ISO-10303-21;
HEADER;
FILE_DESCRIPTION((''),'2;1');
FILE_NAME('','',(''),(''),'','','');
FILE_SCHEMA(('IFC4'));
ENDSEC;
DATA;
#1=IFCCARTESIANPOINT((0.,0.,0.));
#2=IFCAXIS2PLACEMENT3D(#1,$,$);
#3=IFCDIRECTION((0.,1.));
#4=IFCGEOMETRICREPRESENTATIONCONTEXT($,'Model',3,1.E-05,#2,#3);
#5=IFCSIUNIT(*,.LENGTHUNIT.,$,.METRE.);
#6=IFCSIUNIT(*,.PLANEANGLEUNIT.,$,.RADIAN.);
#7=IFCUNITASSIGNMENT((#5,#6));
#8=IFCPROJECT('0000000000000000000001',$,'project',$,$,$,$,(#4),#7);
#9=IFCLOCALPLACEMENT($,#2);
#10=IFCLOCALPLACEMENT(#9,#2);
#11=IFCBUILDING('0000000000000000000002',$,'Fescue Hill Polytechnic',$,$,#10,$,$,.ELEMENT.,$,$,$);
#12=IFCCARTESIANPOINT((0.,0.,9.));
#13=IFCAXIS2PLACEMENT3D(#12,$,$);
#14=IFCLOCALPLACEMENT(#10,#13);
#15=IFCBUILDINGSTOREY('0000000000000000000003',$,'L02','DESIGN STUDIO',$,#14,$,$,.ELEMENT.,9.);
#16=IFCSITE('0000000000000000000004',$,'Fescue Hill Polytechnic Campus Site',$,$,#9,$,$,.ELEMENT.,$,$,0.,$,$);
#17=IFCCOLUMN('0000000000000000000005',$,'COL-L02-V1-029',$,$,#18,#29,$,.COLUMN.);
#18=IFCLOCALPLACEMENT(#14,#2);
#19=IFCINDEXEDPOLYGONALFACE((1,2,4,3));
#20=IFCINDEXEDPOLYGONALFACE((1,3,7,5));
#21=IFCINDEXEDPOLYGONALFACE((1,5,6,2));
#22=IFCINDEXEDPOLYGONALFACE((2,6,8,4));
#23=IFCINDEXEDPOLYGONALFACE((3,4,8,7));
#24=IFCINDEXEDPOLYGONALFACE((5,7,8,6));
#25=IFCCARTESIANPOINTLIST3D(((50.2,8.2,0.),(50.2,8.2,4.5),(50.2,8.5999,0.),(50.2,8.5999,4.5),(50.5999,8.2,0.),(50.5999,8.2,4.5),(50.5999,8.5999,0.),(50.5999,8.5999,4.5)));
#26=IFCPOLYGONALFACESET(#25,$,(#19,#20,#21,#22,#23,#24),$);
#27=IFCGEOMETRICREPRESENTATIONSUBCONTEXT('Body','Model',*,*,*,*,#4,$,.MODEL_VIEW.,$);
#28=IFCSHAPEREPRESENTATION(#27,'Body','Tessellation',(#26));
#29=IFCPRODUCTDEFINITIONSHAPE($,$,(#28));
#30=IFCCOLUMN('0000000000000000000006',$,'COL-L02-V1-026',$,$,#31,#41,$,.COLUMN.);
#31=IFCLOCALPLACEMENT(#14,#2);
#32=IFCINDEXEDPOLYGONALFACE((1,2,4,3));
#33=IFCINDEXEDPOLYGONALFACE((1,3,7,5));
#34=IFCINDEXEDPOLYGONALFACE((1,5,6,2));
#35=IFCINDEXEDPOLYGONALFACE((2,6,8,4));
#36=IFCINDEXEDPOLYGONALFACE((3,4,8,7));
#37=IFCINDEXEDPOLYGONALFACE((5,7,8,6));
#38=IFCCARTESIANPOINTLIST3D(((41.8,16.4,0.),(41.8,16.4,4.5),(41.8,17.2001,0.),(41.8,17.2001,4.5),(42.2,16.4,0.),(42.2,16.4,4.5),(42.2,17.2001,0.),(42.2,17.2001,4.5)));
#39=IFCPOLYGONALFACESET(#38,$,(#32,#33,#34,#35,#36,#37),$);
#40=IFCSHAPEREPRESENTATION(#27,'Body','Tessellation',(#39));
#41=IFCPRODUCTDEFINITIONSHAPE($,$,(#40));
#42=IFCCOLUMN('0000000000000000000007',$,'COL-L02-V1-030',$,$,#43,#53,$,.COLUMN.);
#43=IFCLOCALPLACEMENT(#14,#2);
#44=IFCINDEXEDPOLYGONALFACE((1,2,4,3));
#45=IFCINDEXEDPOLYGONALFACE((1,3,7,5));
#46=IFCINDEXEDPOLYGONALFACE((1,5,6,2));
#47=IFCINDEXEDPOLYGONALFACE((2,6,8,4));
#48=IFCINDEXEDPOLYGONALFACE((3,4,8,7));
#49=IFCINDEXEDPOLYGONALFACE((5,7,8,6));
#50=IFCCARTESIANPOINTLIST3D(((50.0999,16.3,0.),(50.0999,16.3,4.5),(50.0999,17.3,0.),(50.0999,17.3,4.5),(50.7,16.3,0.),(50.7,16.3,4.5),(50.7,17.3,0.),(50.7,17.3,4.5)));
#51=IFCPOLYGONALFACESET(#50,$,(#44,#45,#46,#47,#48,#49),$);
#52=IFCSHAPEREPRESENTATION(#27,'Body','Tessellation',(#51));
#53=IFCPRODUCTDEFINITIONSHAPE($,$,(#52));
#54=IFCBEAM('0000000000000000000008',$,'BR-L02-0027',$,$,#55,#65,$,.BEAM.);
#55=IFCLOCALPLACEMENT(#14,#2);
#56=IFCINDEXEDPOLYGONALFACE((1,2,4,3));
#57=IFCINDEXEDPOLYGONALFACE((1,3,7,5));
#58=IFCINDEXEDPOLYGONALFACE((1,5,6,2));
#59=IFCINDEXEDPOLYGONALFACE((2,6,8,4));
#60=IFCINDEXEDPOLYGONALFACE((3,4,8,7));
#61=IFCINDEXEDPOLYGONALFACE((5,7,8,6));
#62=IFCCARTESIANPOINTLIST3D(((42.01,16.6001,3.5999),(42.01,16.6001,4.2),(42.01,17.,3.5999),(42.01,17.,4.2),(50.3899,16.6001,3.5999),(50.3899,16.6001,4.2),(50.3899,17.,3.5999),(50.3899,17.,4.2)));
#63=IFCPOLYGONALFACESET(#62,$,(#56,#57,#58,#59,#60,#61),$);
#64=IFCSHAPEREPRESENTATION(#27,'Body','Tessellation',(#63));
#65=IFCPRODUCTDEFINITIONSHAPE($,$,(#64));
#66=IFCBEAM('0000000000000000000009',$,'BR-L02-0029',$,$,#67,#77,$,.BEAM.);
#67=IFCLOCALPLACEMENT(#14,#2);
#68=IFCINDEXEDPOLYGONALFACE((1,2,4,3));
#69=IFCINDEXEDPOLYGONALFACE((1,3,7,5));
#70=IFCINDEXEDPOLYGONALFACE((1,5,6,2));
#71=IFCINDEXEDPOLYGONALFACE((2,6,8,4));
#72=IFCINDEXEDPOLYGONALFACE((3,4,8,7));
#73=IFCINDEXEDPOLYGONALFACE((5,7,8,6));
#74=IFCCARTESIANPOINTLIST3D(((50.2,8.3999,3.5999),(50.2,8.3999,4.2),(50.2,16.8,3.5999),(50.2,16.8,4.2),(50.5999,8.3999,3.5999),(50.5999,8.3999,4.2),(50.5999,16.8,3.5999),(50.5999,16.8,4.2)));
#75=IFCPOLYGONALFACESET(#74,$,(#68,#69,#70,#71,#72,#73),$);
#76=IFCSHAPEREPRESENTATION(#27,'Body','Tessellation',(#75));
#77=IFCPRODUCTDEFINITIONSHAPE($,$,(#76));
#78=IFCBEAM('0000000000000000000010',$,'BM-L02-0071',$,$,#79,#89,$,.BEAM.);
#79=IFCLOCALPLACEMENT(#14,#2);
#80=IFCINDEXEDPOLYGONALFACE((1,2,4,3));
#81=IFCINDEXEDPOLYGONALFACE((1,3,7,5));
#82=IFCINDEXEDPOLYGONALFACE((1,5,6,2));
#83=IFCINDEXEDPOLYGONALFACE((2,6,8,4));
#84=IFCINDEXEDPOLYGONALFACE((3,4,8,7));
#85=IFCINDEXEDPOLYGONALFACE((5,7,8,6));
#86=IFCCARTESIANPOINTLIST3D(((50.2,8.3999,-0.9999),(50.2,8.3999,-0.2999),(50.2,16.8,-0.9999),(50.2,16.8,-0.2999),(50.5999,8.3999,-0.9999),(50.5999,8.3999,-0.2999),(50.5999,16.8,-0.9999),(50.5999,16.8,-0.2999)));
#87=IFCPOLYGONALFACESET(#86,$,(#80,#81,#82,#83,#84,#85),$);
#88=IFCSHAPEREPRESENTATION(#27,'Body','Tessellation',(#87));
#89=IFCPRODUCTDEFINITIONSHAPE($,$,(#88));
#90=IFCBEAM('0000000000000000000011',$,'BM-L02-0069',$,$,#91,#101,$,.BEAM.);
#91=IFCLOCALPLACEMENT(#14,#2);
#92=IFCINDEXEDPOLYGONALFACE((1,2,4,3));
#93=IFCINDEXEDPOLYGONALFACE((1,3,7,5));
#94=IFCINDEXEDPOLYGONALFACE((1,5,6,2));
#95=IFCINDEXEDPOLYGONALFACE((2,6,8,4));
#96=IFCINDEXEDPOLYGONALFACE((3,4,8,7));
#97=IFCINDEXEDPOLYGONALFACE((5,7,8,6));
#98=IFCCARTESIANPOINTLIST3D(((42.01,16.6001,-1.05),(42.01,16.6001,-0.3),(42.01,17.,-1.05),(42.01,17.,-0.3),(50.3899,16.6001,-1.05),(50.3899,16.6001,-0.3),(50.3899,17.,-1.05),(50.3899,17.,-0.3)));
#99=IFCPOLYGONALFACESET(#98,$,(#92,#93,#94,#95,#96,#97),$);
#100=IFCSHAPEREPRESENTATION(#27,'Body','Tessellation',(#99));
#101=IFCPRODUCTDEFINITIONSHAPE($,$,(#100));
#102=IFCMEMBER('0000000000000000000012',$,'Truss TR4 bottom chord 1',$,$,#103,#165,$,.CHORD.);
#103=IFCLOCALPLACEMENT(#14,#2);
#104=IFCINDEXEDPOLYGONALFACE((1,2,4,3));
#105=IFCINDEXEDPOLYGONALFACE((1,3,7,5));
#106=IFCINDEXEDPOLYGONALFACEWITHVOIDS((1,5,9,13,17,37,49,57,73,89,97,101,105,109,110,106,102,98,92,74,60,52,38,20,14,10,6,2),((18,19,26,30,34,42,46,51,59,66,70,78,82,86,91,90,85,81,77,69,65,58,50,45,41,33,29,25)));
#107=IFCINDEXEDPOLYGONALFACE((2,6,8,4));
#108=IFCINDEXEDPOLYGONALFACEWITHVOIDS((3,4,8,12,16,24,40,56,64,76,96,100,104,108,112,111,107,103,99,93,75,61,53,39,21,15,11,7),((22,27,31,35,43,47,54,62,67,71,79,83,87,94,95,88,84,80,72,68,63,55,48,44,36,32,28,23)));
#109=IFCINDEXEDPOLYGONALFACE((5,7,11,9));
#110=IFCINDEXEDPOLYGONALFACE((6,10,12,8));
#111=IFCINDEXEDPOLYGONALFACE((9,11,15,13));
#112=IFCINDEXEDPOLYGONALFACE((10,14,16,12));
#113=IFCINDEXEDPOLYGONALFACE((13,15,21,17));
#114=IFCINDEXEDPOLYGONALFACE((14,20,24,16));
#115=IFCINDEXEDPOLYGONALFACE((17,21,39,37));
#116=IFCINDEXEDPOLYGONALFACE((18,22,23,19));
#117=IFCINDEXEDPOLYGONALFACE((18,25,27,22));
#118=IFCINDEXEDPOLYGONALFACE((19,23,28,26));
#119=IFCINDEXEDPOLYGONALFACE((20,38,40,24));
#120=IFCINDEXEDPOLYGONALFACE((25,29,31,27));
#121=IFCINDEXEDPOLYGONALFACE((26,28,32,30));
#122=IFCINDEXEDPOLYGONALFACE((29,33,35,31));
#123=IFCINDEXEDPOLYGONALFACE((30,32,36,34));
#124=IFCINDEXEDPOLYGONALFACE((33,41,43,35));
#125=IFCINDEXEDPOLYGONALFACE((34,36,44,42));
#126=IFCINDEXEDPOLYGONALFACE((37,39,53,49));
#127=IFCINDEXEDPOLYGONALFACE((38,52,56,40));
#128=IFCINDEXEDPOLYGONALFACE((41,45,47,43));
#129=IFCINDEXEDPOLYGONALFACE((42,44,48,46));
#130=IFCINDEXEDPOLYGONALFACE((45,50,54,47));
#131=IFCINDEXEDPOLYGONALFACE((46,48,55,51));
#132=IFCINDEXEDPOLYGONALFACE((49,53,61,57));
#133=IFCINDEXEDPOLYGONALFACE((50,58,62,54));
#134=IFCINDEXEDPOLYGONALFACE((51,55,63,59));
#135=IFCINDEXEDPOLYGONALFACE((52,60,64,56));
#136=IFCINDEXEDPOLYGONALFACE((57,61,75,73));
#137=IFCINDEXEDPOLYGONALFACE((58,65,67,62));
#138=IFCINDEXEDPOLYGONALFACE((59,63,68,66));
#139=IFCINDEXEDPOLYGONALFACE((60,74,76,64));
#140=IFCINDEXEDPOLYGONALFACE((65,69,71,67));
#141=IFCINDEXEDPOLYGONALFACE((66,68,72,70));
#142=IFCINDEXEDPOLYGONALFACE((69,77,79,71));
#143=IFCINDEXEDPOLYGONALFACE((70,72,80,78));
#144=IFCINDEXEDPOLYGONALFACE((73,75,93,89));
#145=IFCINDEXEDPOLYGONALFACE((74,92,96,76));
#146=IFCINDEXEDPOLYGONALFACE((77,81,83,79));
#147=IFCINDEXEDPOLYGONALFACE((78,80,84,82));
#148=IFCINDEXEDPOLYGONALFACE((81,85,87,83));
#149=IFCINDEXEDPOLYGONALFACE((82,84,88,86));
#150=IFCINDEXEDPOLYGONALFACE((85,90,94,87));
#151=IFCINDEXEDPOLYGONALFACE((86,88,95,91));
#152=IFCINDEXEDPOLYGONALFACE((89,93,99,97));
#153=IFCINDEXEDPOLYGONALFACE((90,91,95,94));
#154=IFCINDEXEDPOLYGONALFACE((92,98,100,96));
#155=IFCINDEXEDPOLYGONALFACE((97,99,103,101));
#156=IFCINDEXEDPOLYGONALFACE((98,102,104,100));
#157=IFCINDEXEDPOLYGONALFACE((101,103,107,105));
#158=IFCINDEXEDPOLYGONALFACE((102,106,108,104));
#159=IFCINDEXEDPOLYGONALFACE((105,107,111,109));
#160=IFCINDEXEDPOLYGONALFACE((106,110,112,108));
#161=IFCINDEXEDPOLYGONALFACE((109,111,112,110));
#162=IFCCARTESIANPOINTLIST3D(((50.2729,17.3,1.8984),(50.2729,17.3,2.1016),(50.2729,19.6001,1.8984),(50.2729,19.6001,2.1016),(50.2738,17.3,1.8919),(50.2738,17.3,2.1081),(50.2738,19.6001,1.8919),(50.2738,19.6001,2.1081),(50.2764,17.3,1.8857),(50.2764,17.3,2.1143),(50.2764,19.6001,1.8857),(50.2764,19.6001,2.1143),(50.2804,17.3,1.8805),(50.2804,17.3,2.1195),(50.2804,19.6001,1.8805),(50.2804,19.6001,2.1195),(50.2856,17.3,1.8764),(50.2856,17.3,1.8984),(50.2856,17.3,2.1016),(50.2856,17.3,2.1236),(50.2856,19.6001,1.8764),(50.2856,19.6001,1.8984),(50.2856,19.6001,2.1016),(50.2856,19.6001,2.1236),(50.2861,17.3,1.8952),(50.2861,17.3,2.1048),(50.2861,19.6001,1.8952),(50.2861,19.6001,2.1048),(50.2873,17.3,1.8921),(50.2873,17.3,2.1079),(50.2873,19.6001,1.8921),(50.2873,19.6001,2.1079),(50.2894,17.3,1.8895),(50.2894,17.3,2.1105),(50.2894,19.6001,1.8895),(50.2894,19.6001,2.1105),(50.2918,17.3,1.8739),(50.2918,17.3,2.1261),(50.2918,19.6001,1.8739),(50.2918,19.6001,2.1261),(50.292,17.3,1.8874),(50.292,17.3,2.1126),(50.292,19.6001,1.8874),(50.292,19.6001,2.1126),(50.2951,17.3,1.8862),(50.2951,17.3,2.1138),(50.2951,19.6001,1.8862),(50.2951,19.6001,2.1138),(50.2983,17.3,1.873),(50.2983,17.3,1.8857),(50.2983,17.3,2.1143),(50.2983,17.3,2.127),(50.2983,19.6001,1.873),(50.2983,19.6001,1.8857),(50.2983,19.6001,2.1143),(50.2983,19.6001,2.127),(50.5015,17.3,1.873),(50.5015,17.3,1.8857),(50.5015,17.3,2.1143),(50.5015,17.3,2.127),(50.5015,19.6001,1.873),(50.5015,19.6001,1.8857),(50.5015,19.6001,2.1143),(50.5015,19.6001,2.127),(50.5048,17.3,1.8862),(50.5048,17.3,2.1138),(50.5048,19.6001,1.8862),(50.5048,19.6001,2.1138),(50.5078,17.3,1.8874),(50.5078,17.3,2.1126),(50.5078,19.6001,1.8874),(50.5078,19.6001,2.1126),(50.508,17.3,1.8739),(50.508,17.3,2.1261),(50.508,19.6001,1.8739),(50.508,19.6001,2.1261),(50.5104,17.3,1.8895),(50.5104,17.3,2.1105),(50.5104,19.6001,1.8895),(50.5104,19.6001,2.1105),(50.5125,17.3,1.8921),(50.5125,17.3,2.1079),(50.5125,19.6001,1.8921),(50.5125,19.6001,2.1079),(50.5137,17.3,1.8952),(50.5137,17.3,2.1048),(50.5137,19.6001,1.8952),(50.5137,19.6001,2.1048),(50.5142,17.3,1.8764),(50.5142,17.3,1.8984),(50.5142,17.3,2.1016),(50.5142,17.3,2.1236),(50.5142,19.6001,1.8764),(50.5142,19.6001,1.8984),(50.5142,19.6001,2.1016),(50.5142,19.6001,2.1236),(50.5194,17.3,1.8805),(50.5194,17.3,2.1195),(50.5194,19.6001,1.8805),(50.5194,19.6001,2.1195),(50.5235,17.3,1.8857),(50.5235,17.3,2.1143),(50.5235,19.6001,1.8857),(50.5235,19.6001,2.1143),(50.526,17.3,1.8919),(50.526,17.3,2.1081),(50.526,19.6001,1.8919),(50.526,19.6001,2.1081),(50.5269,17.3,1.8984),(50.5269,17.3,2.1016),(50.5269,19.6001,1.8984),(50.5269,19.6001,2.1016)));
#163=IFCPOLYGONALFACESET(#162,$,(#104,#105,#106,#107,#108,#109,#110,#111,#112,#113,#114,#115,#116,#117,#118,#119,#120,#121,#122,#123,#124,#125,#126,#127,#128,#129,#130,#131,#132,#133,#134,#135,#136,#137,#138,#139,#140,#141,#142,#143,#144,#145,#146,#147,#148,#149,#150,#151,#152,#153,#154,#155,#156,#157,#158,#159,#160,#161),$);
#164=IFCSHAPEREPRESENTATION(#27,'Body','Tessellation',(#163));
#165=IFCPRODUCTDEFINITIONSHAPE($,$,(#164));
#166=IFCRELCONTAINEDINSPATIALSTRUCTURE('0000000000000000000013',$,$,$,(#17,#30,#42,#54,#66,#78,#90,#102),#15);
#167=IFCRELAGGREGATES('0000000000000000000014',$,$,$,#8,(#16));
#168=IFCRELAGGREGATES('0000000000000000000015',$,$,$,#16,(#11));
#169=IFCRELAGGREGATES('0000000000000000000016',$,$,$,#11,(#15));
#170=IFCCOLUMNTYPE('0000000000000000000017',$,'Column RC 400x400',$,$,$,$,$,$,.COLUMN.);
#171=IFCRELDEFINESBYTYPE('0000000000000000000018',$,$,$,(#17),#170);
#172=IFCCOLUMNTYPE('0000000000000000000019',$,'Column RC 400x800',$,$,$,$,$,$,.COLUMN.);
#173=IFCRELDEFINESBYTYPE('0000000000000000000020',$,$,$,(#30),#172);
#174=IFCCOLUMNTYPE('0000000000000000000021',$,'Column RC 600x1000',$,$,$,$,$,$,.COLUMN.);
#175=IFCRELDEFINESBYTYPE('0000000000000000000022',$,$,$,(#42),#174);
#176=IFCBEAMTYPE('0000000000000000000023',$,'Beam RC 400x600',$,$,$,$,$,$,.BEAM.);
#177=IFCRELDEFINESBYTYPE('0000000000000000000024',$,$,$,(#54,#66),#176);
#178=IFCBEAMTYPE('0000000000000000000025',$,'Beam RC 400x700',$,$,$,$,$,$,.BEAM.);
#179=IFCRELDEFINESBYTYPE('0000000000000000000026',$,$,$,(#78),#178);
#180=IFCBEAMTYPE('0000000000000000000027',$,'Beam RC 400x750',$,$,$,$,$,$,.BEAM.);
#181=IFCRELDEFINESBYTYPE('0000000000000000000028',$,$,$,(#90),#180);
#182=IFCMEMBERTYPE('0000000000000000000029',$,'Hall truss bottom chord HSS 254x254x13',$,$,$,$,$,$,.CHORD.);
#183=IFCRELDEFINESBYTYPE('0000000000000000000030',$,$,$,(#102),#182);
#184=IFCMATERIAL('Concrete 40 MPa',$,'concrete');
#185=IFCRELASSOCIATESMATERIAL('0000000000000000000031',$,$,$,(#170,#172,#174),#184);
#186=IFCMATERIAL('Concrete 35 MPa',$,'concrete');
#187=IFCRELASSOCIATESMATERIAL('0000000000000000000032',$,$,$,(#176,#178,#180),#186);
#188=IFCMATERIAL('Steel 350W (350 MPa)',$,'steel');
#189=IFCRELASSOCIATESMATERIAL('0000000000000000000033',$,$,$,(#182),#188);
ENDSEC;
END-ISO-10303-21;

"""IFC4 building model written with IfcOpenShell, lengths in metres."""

from ifc_helpers import new_model, si_unit, direction, frame, origin, origin_2d, place, context, subcontext, project, spatial, rectangle, hollow_rectangle, extrude, material, material_profile, profile_set, type_object, element, save


model = new_model("IFC4")

# Units and contexts
model_context = context("Model", 3, precision=1e-05, world=origin(), true_north=direction((0.0, 1.0)))
body_context = subcontext(model_context, "Body", "Model", "MODEL_VIEW")
ifc_project = project(units=[si_unit("LENGTHUNIT", "METRE"), si_unit("PLANEANGLEUNIT", "RADIAN")], contexts=[model_context])

# Site, building, storey
site_placement = place(None, origin())
site = spatial("IfcSite", under=ifc_project, at=site_placement, Name="Fescue Hill Polytechnic Campus Site", CompositionType="ELEMENT", RefElevation=0.0)
building_placement = place(site_placement, origin())
building = spatial("IfcBuilding", under=site, at=building_placement, Name="Fescue Hill Polytechnic", CompositionType="ELEMENT")
storey_placement = place(building_placement, frame((0.0, 0.0, 9.0)))
storey = spatial("IfcBuildingStorey", under=building, at=storey_placement, Name="L02", Description="DESIGN STUDIO", CompositionType="ELEMENT", Elevation=9.0)

# Columns
ifc_material_1 = material(Name="Concrete 40 MPa", Category="concrete")
ifc_material_profile_1 = material_profile(ifc_material_1, rectangle(XDim=0.3999, YDim=0.3999, at=origin_2d()), Name="RC 400x400")
ifc_profile_set_1 = profile_set([ifc_material_profile_1], Name="Concrete 40 MPa")
column_type_1 = type_object("IfcColumnType", Name="Column RC 400x400", PredefinedType="COLUMN", material=ifc_profile_set_1)
column_1_placement = place(storey_placement, frame((50.3999, 8.3999, 0.0), z_axis=(0.0, 0.0, 1.0), x_axis=(1.0, 0.0, 0.0)))
element("IfcColumn", 1, at=column_1_placement, inside=storey, type_object=column_type_1, Name="COL-L02-V1-029", PredefinedType="COLUMN", context=body_context, shape_type="SweptSolid", body=[
    extrude(rectangle(XDim=0.3999, YDim=0.3999, at=origin_2d()), origin(), (0.0, 0.0, 1.0), 4.5),
])
ifc_material_profile_2 = material_profile(ifc_material_1, rectangle(XDim=0.3999, YDim=0.8, at=origin_2d()), Name="RC 400x800")
ifc_profile_set_2 = profile_set([ifc_material_profile_2], Name="Concrete 40 MPa")
column_type_2 = type_object("IfcColumnType", Name="Column RC 400x800", PredefinedType="COLUMN", material=ifc_profile_set_2)
column_2_placement = place(storey_placement, frame((42.0, 16.8, 0.0), z_axis=(0.0, 0.0, 1.0), x_axis=(1.0, 0.0, 0.0)))
element("IfcColumn", 2, at=column_2_placement, inside=storey, type_object=column_type_2, Name="COL-L02-V1-026", PredefinedType="COLUMN", context=body_context, shape_type="SweptSolid", body=[
    extrude(rectangle(XDim=0.3999, YDim=0.8, at=origin_2d()), origin(), (0.0, 0.0, 1.0), 4.5),
])
ifc_material_profile_3 = material_profile(ifc_material_1, rectangle(XDim=0.6001, YDim=1.0, at=origin_2d()), Name="RC 600x1000")
ifc_profile_set_3 = profile_set([ifc_material_profile_3], Name="Concrete 40 MPa")
column_type_3 = type_object("IfcColumnType", Name="Column RC 600x1000", PredefinedType="COLUMN", material=ifc_profile_set_3)
column_3_placement = place(storey_placement, frame((50.3999, 16.8, 0.0), z_axis=(0.0, 0.0, 1.0), x_axis=(1.0, 0.0, 0.0)))
element("IfcColumn", 3, at=column_3_placement, inside=storey, type_object=column_type_3, Name="COL-L02-V1-030", PredefinedType="COLUMN", context=body_context, shape_type="SweptSolid", body=[
    extrude(rectangle(XDim=0.6001, YDim=1.0, at=origin_2d()), origin(), (0.0, 0.0, 1.0), 4.5),
])

# Beams
ifc_material_2 = material(Name="Concrete 35 MPa", Category="concrete")
ifc_material_profile_4 = material_profile(ifc_material_2, rectangle(XDim=0.3999, YDim=0.6001, at=origin_2d()), Name="RC 400x600")
ifc_profile_set_4 = profile_set([ifc_material_profile_4], Name="Concrete 35 MPa")
beam_type_1 = type_object("IfcBeamType", Name="Beam RC 400x600", PredefinedType="BEAM", material=ifc_profile_set_4)
beam_1_placement = place(storey_placement, frame((42.01, 16.8, 3.8999), z_axis=(1.0, 0.0, 0.0), x_axis=(0.0, 1.0, 0.0)))
element("IfcBeam", 4, at=beam_1_placement, inside=storey, type_object=beam_type_1, Name="BR-L02-0027", PredefinedType="BEAM", context=body_context, shape_type="SweptSolid", body=[
    extrude(rectangle(XDim=0.3999, YDim=0.6001, at=origin_2d()), origin(), (0.0, 0.0, 1.0), 8.3799),
])
beam_2_placement = place(storey_placement, frame((50.3999, 8.3999, 3.8999), z_axis=(0.0, 1.0, 0.0), x_axis=(-1.0, 0.0, 0.0)))
element("IfcBeam", 5, at=beam_2_placement, inside=storey, type_object=beam_type_1, Name="BR-L02-0029", PredefinedType="BEAM", context=body_context, shape_type="SweptSolid", body=[
    extrude(rectangle(XDim=0.3999, YDim=0.6001, at=origin_2d()), origin(), (0.0, 0.0, 1.0), 8.4001),
])
ifc_material_profile_5 = material_profile(ifc_material_2, rectangle(XDim=0.3999, YDim=0.7, at=origin_2d()), Name="RC 400x700")
ifc_profile_set_5 = profile_set([ifc_material_profile_5], Name="Concrete 35 MPa")
beam_type_2 = type_object("IfcBeamType", Name="Beam RC 400x700", PredefinedType="BEAM", material=ifc_profile_set_5)
beam_3_placement = place(storey_placement, frame((50.3999, 8.3999, -0.6499), z_axis=(0.0, 1.0, 0.0), x_axis=(-1.0, 0.0, 0.0)))
element("IfcBeam", 6, at=beam_3_placement, inside=storey, type_object=beam_type_2, Name="BM-L02-0071", PredefinedType="BEAM", context=body_context, shape_type="SweptSolid", body=[
    extrude(rectangle(XDim=0.3999, YDim=0.7, at=origin_2d()), origin(), (0.0, 0.0, 1.0), 8.4001),
])
ifc_material_profile_6 = material_profile(ifc_material_2, rectangle(XDim=0.3999, YDim=0.75, at=origin_2d()), Name="RC 400x750")
ifc_profile_set_6 = profile_set([ifc_material_profile_6], Name="Concrete 35 MPa")
beam_type_3 = type_object("IfcBeamType", Name="Beam RC 400x750", PredefinedType="BEAM", material=ifc_profile_set_6)
beam_4_placement = place(storey_placement, frame((42.01, 16.8, -0.675), z_axis=(1.0, 0.0, 0.0), x_axis=(0.0, 1.0, 0.0)))
element("IfcBeam", 7, at=beam_4_placement, inside=storey, type_object=beam_type_3, Name="BM-L02-0069", PredefinedType="BEAM", context=body_context, shape_type="SweptSolid", body=[
    extrude(rectangle(XDim=0.3999, YDim=0.75, at=origin_2d()), origin(), (0.0, 0.0, 1.0), 8.3799),
])

# Member
ifc_material_3 = material(Name="Steel 350W (350 MPa)", Category="steel")
ifc_material_profile_7 = material_profile(ifc_material_3, hollow_rectangle(XDim=0.2539, YDim=0.2539, WallThickness=0.0127, InnerFilletRadius=0.0127, OuterFilletRadius=0.0254, at=origin_2d()), Name="Hall truss bottom chord HSS 254x254x13")
ifc_profile_set_7 = profile_set([ifc_material_profile_7], Name="Steel 350W (350 MPa)")
member_type_1 = type_object("IfcMemberType", Name="Hall truss bottom chord HSS 254x254x13", PredefinedType="CHORD", material=ifc_profile_set_7)
member_1_placement = place(storey_placement, frame((50.3999, 17.3, 2.0), z_axis=(0.0, 1.0, 0.0), x_axis=(-1.0, 0.0, 0.0)))
element("IfcMember", 8, at=member_1_placement, inside=storey, type_object=member_type_1, Name="Truss TR4 bottom chord 1", PredefinedType="CHORD", context=body_context, shape_type="SweptSolid", body=[
    extrude(hollow_rectangle(XDim=0.2539, YDim=0.2539, WallThickness=0.0127, InnerFilletRadius=0.0127, OuterFilletRadius=0.0254, at=origin_2d()), origin(), (0.0, 0.0, 1.0), 2.3),
])

save(model, "model.ifc")
